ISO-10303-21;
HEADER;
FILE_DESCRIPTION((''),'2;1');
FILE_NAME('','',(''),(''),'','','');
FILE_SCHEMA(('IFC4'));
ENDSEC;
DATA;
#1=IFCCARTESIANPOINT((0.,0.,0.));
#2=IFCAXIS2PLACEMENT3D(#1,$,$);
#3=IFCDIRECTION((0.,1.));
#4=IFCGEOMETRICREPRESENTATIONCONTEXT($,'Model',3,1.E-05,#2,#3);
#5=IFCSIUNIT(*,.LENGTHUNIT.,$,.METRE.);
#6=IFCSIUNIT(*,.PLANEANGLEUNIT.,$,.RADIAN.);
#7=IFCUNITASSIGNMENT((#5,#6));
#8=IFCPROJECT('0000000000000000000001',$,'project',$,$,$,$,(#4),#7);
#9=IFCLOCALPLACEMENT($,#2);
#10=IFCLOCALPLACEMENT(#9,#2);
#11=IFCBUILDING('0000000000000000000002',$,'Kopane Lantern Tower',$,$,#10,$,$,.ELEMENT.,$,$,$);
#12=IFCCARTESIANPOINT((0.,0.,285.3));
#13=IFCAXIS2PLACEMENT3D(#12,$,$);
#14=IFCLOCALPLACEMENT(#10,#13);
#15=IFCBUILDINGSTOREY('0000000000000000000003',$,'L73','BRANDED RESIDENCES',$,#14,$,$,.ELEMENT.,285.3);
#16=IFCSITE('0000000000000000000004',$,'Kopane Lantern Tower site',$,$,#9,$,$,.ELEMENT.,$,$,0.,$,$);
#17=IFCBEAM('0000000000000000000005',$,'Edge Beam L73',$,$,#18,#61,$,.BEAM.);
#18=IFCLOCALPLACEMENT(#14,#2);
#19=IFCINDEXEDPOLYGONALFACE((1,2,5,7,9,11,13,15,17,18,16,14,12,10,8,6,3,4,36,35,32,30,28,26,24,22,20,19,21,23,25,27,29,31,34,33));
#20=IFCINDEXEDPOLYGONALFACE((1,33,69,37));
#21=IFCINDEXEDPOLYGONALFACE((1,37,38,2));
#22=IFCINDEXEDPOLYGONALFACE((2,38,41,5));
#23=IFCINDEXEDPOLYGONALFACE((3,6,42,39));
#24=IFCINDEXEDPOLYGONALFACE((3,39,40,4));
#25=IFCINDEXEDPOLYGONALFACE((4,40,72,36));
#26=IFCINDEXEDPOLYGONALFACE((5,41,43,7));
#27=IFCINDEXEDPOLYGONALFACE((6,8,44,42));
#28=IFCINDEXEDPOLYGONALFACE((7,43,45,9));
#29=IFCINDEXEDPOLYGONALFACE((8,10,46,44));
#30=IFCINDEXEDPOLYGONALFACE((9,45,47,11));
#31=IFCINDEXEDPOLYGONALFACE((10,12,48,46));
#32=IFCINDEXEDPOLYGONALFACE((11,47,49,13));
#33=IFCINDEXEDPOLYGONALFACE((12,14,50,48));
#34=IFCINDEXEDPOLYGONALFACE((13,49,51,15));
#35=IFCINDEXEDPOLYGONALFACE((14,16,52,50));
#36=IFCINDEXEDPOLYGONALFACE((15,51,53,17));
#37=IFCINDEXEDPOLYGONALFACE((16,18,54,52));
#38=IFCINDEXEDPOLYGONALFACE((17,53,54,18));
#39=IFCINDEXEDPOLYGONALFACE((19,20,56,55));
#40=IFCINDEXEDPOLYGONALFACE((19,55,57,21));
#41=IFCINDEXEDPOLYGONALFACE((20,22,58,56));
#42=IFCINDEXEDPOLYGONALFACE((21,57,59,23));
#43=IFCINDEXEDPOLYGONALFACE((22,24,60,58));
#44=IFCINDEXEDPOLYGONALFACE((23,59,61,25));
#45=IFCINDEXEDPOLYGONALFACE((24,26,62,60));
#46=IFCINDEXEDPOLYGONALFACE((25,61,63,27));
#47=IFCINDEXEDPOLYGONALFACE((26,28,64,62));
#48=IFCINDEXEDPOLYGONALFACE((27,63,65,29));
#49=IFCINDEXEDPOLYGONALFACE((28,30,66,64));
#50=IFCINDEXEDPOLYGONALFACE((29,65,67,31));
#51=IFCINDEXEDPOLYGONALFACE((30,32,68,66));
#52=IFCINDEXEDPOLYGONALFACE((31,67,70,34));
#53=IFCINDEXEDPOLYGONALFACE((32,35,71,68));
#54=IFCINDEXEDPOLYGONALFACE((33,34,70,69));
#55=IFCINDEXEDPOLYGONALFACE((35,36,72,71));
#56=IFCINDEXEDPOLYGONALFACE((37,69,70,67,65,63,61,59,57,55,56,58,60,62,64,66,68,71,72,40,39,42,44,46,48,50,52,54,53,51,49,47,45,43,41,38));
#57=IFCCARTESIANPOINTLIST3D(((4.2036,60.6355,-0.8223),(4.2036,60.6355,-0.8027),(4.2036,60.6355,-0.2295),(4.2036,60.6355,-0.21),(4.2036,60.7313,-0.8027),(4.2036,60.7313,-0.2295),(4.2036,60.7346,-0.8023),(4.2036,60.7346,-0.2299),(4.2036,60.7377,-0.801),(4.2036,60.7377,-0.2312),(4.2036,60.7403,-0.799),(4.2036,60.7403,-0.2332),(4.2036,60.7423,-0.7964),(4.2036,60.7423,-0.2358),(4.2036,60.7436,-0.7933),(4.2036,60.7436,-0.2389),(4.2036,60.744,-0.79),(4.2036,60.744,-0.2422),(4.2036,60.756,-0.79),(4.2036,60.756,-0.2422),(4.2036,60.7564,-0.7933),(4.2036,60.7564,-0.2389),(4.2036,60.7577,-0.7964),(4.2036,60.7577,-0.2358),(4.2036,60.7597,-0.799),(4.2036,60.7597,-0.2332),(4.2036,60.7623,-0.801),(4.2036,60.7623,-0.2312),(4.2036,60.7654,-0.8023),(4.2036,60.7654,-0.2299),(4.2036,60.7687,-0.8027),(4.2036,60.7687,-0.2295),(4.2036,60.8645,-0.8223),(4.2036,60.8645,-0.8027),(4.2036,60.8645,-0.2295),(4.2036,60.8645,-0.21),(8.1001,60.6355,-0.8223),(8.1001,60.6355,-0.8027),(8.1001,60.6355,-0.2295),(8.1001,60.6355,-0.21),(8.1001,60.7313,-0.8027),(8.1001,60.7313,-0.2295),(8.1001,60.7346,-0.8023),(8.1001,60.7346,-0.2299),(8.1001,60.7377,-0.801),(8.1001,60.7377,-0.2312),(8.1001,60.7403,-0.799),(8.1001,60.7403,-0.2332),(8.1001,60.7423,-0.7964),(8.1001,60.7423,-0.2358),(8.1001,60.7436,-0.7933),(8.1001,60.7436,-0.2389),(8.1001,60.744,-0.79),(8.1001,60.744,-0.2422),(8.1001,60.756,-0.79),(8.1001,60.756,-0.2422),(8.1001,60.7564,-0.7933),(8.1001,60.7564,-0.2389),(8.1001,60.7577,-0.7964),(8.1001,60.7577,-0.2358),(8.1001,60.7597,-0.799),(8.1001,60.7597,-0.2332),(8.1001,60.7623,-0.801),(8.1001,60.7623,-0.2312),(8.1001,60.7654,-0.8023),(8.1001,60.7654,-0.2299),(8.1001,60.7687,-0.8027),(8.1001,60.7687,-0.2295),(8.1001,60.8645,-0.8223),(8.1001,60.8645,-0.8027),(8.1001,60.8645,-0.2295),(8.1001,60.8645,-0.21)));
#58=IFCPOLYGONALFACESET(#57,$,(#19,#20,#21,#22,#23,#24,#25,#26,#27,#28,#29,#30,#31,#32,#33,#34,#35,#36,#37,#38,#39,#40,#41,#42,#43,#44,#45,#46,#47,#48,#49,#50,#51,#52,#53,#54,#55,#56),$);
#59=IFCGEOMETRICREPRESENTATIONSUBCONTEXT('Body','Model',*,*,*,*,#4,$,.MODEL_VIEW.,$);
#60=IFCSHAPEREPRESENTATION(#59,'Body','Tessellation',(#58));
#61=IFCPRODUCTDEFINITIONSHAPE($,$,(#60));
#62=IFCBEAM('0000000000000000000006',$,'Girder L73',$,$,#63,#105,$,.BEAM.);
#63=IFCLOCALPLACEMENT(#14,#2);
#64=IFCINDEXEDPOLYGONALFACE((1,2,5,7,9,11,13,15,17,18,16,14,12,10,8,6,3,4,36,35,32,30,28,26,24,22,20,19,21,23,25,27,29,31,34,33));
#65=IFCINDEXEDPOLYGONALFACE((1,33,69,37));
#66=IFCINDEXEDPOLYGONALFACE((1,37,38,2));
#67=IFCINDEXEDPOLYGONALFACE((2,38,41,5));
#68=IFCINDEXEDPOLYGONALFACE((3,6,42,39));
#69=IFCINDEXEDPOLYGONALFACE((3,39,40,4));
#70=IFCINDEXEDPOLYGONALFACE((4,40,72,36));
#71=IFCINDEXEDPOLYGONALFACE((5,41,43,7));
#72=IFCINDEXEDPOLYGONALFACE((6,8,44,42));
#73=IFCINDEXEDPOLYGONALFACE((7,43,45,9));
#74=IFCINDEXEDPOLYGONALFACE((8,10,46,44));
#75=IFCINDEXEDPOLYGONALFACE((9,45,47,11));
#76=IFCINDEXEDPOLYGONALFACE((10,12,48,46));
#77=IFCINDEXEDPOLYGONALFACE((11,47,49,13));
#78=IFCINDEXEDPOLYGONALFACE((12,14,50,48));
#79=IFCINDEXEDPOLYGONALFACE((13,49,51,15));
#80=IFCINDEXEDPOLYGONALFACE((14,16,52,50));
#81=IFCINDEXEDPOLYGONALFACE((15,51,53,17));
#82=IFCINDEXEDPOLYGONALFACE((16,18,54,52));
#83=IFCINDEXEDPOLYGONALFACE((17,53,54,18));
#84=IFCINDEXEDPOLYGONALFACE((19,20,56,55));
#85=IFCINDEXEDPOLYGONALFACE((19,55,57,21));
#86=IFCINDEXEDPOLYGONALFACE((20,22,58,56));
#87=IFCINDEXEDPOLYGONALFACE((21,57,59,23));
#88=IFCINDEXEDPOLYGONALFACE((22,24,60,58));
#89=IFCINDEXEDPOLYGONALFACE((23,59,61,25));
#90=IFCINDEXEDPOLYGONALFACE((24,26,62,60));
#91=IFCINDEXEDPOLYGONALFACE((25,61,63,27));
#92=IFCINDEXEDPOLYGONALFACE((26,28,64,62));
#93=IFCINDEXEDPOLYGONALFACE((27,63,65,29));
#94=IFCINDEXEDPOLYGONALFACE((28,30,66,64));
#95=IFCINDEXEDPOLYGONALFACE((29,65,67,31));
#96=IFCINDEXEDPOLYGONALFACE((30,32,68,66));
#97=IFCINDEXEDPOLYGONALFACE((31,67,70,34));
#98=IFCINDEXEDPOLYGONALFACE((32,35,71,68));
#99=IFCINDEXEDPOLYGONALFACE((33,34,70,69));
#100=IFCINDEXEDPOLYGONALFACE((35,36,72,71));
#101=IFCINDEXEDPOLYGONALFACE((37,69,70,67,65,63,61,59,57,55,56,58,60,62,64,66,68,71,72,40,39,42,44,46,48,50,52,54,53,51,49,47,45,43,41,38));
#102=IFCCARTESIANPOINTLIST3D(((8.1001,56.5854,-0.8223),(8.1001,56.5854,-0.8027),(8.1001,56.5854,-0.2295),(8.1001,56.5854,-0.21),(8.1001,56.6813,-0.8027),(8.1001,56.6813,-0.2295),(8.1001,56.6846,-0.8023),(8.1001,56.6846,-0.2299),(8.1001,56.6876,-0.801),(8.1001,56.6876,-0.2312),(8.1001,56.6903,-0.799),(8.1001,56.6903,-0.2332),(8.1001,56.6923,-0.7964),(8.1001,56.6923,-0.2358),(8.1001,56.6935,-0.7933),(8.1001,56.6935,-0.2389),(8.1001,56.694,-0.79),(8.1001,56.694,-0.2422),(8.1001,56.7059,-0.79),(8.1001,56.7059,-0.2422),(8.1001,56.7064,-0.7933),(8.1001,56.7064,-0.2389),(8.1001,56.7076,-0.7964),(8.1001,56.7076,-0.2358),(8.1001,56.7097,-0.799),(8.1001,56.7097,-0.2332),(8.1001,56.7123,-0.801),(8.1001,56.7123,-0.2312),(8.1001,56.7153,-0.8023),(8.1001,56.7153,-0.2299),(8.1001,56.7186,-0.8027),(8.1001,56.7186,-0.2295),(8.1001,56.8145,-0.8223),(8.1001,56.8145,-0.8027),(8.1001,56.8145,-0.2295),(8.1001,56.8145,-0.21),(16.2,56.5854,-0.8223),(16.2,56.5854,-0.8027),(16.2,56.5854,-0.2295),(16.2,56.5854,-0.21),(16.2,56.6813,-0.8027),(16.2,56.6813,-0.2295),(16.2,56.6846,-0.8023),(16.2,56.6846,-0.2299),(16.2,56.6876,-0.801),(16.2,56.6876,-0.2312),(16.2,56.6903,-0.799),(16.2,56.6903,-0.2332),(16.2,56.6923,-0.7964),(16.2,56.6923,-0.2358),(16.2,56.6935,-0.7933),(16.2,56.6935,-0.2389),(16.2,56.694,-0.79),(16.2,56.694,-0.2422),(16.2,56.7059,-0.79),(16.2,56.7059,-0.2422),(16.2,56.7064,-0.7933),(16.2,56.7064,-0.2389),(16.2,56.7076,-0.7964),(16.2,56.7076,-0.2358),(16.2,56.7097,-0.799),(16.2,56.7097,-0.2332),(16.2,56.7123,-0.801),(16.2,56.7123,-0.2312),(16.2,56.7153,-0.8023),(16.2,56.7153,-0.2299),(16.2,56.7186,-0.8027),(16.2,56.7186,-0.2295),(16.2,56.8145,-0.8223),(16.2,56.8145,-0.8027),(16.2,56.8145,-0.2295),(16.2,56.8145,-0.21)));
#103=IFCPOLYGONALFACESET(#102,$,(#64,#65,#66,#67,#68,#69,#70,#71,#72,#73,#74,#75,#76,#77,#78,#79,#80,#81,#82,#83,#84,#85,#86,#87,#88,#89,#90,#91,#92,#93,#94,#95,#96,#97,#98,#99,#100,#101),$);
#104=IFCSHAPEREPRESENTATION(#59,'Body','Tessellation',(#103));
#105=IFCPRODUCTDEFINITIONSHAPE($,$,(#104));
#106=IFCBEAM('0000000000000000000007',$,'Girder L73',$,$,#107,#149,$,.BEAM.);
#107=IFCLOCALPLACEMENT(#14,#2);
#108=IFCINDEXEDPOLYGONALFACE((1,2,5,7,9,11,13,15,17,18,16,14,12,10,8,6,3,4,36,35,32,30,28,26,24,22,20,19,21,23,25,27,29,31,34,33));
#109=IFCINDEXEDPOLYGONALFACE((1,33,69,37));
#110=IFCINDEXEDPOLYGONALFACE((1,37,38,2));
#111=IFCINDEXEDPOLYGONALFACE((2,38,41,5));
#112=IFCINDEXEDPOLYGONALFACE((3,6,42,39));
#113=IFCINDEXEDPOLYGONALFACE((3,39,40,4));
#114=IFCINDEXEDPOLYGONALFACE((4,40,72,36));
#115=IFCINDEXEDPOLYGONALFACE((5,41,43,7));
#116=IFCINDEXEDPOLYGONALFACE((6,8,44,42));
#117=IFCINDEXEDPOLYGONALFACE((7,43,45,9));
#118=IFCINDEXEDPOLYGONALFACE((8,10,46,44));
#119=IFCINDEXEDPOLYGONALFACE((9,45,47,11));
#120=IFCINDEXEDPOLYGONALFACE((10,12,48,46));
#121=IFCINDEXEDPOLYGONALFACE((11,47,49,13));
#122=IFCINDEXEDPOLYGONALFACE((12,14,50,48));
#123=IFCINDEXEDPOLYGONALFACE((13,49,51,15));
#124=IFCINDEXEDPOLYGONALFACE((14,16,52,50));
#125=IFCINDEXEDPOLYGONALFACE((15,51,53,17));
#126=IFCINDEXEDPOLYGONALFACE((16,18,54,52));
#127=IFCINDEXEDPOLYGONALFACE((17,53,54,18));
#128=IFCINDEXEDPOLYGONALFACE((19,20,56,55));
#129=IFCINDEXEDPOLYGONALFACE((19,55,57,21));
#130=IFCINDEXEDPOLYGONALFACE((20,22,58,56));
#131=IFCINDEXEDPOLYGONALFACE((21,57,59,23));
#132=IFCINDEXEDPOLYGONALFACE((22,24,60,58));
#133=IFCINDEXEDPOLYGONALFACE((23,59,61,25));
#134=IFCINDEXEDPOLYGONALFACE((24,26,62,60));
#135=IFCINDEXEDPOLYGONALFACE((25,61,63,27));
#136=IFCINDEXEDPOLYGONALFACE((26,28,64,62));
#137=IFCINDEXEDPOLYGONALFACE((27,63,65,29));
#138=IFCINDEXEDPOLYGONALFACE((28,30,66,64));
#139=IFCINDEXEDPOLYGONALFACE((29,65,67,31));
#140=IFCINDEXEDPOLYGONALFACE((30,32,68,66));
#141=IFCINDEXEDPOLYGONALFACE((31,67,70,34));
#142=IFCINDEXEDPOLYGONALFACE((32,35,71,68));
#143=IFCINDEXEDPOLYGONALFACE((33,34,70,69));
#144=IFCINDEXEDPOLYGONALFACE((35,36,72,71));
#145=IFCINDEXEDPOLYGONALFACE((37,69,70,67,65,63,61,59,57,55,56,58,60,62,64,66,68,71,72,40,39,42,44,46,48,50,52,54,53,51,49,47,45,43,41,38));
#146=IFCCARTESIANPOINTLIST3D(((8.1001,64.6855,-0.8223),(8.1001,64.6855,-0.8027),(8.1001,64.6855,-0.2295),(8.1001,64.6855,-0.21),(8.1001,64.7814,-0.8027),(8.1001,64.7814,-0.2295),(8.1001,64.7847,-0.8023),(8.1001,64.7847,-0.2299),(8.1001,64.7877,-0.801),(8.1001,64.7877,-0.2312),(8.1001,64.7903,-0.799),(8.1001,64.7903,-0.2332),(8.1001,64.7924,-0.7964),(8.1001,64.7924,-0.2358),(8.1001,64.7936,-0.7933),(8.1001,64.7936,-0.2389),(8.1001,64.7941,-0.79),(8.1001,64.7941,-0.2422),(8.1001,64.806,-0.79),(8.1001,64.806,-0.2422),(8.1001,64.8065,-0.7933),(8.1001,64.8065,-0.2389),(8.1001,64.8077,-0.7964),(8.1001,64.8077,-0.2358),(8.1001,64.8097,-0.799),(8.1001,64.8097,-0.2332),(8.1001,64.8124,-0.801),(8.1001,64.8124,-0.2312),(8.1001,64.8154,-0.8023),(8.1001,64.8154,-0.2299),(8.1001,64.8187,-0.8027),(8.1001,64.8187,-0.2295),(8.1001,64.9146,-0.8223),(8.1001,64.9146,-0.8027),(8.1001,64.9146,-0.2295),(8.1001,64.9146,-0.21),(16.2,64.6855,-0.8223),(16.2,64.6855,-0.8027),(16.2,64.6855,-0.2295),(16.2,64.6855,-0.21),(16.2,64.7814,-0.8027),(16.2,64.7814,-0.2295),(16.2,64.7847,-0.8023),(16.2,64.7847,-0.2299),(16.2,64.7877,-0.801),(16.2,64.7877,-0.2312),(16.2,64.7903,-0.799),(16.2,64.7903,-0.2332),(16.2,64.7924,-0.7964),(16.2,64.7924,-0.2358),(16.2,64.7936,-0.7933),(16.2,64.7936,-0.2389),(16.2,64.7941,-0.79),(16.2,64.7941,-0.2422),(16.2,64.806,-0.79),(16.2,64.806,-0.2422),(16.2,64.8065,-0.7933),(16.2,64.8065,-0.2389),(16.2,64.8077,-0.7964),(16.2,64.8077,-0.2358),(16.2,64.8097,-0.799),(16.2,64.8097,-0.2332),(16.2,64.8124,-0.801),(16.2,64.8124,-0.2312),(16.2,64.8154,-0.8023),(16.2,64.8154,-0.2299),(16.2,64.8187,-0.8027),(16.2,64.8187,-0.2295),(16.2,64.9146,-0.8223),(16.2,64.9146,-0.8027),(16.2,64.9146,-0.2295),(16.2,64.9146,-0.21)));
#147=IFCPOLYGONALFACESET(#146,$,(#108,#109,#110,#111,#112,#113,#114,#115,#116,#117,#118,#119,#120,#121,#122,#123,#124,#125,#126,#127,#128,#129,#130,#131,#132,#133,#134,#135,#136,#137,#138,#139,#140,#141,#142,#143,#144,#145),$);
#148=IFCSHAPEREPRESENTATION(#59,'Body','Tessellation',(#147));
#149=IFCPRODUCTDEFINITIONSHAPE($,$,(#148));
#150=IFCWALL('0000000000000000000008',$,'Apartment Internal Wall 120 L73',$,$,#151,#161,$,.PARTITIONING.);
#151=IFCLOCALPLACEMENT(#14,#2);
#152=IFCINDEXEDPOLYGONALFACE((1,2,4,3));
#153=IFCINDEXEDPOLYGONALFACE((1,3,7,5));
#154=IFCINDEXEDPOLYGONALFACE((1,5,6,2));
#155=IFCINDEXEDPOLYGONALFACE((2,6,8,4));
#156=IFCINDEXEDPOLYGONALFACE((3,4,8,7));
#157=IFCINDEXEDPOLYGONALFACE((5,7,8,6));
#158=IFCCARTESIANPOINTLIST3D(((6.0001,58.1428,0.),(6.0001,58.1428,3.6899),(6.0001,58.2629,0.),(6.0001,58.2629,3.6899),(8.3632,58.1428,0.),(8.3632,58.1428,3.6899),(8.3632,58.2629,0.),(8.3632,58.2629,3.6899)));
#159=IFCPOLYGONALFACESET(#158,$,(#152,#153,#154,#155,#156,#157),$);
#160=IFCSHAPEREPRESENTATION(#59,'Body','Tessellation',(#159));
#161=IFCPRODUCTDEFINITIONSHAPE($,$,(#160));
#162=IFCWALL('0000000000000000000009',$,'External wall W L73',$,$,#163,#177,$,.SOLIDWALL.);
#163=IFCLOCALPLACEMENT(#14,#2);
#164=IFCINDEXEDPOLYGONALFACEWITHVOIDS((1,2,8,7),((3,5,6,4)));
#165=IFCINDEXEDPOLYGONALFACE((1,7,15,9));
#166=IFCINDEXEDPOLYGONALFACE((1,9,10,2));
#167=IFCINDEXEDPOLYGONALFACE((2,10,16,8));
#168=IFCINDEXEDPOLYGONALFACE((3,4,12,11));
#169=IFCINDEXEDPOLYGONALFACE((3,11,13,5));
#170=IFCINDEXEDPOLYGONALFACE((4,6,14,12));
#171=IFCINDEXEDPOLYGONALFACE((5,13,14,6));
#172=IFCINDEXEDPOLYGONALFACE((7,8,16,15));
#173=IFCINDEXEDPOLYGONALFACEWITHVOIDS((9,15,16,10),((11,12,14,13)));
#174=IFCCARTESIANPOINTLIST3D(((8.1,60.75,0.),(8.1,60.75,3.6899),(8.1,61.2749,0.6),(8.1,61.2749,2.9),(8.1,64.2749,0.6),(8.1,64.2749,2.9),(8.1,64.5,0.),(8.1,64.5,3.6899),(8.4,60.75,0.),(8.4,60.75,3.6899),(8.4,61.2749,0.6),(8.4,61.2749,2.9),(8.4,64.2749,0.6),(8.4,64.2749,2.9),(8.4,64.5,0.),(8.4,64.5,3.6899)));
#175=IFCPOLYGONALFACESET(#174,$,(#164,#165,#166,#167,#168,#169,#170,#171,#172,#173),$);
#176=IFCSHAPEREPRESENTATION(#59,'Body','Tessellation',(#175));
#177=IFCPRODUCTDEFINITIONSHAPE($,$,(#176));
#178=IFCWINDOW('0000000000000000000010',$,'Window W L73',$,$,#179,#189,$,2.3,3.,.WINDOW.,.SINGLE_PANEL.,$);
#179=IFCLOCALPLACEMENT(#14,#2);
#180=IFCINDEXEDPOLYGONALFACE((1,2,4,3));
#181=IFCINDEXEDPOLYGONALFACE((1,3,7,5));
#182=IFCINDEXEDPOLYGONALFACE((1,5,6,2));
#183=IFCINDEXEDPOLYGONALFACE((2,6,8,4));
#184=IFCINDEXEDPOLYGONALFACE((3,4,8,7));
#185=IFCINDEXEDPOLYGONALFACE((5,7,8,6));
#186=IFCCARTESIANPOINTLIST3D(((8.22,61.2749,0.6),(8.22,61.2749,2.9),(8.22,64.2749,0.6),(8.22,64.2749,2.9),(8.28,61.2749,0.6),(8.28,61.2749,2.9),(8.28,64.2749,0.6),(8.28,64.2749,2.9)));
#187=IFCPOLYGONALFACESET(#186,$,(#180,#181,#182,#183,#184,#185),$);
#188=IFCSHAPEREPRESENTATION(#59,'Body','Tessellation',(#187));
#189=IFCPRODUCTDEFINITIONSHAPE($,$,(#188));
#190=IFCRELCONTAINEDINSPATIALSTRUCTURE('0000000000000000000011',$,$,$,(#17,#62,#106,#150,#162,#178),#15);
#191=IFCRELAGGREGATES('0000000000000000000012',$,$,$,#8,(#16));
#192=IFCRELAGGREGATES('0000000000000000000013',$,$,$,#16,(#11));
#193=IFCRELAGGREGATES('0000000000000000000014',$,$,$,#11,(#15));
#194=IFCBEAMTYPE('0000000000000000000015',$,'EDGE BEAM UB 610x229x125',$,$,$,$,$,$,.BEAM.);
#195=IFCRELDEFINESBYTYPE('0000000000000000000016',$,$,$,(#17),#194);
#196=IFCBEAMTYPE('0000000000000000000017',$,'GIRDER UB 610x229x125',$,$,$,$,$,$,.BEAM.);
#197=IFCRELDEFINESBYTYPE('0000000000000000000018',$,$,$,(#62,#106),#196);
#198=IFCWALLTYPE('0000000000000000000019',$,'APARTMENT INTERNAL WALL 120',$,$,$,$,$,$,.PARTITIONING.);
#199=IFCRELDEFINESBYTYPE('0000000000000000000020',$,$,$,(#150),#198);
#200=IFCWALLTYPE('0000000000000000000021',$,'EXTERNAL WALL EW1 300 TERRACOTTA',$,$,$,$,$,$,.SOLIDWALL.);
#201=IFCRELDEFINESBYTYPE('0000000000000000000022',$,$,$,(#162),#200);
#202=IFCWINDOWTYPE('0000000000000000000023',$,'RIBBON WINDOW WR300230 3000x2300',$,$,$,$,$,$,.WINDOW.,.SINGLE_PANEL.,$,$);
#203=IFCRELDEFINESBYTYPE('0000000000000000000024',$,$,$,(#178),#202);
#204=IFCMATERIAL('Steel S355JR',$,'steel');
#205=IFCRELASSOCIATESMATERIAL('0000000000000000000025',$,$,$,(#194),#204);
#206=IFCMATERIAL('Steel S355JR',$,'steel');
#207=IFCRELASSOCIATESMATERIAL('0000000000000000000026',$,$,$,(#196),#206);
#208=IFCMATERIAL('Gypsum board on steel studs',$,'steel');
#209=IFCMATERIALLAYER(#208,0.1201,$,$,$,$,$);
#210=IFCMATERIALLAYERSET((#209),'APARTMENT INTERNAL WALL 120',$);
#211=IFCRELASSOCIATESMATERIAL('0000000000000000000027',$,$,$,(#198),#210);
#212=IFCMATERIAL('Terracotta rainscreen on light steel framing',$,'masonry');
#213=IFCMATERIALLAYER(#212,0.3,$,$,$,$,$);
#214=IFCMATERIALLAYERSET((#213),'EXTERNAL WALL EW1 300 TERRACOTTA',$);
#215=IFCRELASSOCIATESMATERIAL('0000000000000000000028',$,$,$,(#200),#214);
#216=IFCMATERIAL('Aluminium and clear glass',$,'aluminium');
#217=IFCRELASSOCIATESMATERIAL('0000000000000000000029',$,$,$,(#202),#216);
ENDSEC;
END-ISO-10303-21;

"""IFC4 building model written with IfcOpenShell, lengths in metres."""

from ifc_helpers import new_model, si_unit, direction, frame, frame_2d, origin, origin_2d, place, context, subcontext, project, spatial, rectangle, i_section, extrude, material, layer, layer_set, material_profile, profile_set, type_object, element, fill, save


model = new_model("IFC4")

# Units and contexts
model_context = context("Model", 3, precision=1e-05, world=origin(), true_north=direction((0.0, 1.0)))
body_context = subcontext(model_context, "Body", "Model", "MODEL_VIEW")
ifc_project = project(units=[si_unit("LENGTHUNIT", "METRE"), si_unit("PLANEANGLEUNIT", "RADIAN")], contexts=[model_context])

# Site, building, storey
site_placement = place(None, origin())
site = spatial("IfcSite", under=ifc_project, at=site_placement, Name="Kopane Lantern Tower site", CompositionType="ELEMENT", RefElevation=0.0)
building_placement = place(site_placement, origin())
building = spatial("IfcBuilding", under=site, at=building_placement, Name="Kopane Lantern Tower", CompositionType="ELEMENT")
storey_placement = place(building_placement, frame((0.0, 0.0, 285.3)))
storey = spatial("IfcBuildingStorey", under=building, at=storey_placement, Name="L73", Description="BRANDED RESIDENCES", CompositionType="ELEMENT", Elevation=285.3)

# Beams
ifc_material_1 = material(Name="Steel S355JR", Category="steel")
ifc_material_profile_1 = material_profile(ifc_material_1, i_section(OverallWidth=0.229, OverallDepth=0.6123, WebThickness=0.012, FlangeThickness=0.0195, FilletRadius=0.0127, at=origin_2d()), Name="UB 610x229x125")
ifc_profile_set_1 = profile_set([ifc_material_profile_1], Name="Steel S355JR")
beam_type_1 = type_object("IfcBeamType", Name="EDGE BEAM UB 610x229x125", PredefinedType="BEAM", material=ifc_profile_set_1)
beam_1_placement = place(storey_placement, frame((4.2036, 60.75, -0.5161), z_axis=(1.0, 0.0, 0.0), x_axis=(0.0, 1.0, 0.0)))
element("IfcBeam", 1, at=beam_1_placement, inside=storey, type_object=beam_type_1, Name="Edge Beam L73", PredefinedType="BEAM", context=body_context, shape_type="SweptSolid", body=[
    extrude(i_section(OverallWidth=0.229, OverallDepth=0.6123, WebThickness=0.012, FlangeThickness=0.0195, FilletRadius=0.0127, at=origin_2d()), origin(), (0.0, 0.0, 1.0), 3.8965),
])
ifc_material_2 = material(Name="Steel S355JR", Category="steel")
ifc_material_profile_2 = material_profile(ifc_material_2, i_section(OverallWidth=0.229, OverallDepth=0.6123, WebThickness=0.012, FlangeThickness=0.0195, FilletRadius=0.0127, at=origin_2d()), Name="UB 610x229x125")
ifc_profile_set_2 = profile_set([ifc_material_profile_2], Name="Steel S355JR")
beam_type_2 = type_object("IfcBeamType", Name="GIRDER UB 610x229x125", PredefinedType="BEAM", material=ifc_profile_set_2)
for number, where, z_axis, x_axis, name in (
    (2, (8.1001, 56.7, -0.5161), (1.0, 0.0, 0.0), (0.0, 1.0, 0.0), "Girder L73"),
    (3, (8.1001, 64.8, -0.5161), (1.0, 0.0, 0.0), (0.0, 1.0, 0.0), "Girder L73"),
):
    element("IfcBeam", number, at=place(storey_placement, frame(where, z_axis=z_axis, x_axis=x_axis)), inside=storey, type_object=beam_type_2, Name=name, PredefinedType="BEAM", context=body_context, shape_type="SweptSolid", body=[
        extrude(i_section(OverallWidth=0.229, OverallDepth=0.6123, WebThickness=0.012, FlangeThickness=0.0195, FilletRadius=0.0127, at=origin_2d()), origin(), (0.0, 0.0, 1.0), 8.0999),
    ])

# Wall
ifc_material_3 = material(Name="Gypsum board on steel studs", Category="steel")
ifc_layer_1 = layer(ifc_material_3, 0.1201)
ifc_layer_set_1 = layer_set([ifc_layer_1], Name="APARTMENT INTERNAL WALL 120")
wall_type_1 = type_object("IfcWallType", Name="APARTMENT INTERNAL WALL 120", PredefinedType="PARTITIONING", material=ifc_layer_set_1)
wall_1_placement = place(storey_placement, frame((6.0, 58.2029, 0.0), z_axis=(0.0, 0.0, 1.0), x_axis=(1.0, 0.0, 0.0)))
element("IfcWall", 4, at=wall_1_placement, inside=storey, type_object=wall_type_1, Name="Apartment Internal Wall 120 L73", PredefinedType="PARTITIONING", context=body_context, shape_type="SweptSolid", body=[
    extrude(rectangle(XDim=2.363, YDim=0.1201, at=frame_2d((1.1816, 0.0))), origin(), (0.0, 0.0, 1.0), 3.6899),
])

# Wall, opening, window
ifc_material_4 = material(Name="Terracotta rainscreen on light steel framing", Category="masonry")
ifc_layer_2 = layer(ifc_material_4, 0.3)
ifc_layer_set_2 = layer_set([ifc_layer_2], Name="EXTERNAL WALL EW1 300 TERRACOTTA")
wall_type_2 = type_object("IfcWallType", Name="EXTERNAL WALL EW1 300 TERRACOTTA", PredefinedType="SOLIDWALL", material=ifc_layer_set_2)
wall_2_placement = place(storey_placement, frame((8.25, 64.5, 0.0), z_axis=(0.0, 0.0, 1.0), x_axis=(0.0, -1.0, 0.0)))
wall_2 = element("IfcWall", 5, at=wall_2_placement, inside=storey, type_object=wall_type_2, Name="External wall W L73", PredefinedType="SOLIDWALL", context=body_context, shape_type="SweptSolid", body=[
    extrude(rectangle(XDim=3.75, YDim=0.3, at=frame_2d((1.875, 0.0))), origin(), (0.0, 0.0, 1.0), 3.6899),
])
opening_1_placement = place(wall_2_placement, frame((0.2251, 0.0, 0.6001)))
opening_1 = element("IfcOpeningElement", 6, at=opening_1_placement, cuts=wall_2, PredefinedType="OPENING", context=body_context, shape_type="SweptSolid", body=[
    extrude(rectangle(XDim=3.0, YDim=2.3, at=frame_2d((1.5, 1.1499))), frame((0.0, 0.1599, 0.0), z_axis=(0.0, -1.0, 0.0), x_axis=(1.0, 0.0, 0.0)), (0.0, 0.0, 1.0), 0.3201),
])
ifc_material_5 = material(Name="Aluminium and clear glass", Category="aluminium")
window_type = type_object("IfcWindowType", Name="RIBBON WINDOW WR300230 3000x2300", PartitioningType="SINGLE_PANEL", PredefinedType="WINDOW", material=ifc_material_5)
window_1_placement = place(opening_1_placement, origin())
window_1 = element("IfcWindow", 7, at=window_1_placement, inside=storey, type_object=window_type, Name="Window W L73", OverallHeight=2.3, OverallWidth=3.0, PartitioningType="SINGLE_PANEL", PredefinedType="WINDOW", context=body_context, shape_type="SweptSolid", body=[
    extrude(rectangle(XDim=3.0, YDim=2.3, at=frame_2d((1.5, 1.1499))), frame((0.0, 0.03, 0.0), z_axis=(0.0, -1.0, 0.0), x_axis=(1.0, 0.0, 0.0)), (0.0, 0.0, 1.0), 0.0601),
])
fill(opening_1, window_1)

save(model, "model.ifc")
